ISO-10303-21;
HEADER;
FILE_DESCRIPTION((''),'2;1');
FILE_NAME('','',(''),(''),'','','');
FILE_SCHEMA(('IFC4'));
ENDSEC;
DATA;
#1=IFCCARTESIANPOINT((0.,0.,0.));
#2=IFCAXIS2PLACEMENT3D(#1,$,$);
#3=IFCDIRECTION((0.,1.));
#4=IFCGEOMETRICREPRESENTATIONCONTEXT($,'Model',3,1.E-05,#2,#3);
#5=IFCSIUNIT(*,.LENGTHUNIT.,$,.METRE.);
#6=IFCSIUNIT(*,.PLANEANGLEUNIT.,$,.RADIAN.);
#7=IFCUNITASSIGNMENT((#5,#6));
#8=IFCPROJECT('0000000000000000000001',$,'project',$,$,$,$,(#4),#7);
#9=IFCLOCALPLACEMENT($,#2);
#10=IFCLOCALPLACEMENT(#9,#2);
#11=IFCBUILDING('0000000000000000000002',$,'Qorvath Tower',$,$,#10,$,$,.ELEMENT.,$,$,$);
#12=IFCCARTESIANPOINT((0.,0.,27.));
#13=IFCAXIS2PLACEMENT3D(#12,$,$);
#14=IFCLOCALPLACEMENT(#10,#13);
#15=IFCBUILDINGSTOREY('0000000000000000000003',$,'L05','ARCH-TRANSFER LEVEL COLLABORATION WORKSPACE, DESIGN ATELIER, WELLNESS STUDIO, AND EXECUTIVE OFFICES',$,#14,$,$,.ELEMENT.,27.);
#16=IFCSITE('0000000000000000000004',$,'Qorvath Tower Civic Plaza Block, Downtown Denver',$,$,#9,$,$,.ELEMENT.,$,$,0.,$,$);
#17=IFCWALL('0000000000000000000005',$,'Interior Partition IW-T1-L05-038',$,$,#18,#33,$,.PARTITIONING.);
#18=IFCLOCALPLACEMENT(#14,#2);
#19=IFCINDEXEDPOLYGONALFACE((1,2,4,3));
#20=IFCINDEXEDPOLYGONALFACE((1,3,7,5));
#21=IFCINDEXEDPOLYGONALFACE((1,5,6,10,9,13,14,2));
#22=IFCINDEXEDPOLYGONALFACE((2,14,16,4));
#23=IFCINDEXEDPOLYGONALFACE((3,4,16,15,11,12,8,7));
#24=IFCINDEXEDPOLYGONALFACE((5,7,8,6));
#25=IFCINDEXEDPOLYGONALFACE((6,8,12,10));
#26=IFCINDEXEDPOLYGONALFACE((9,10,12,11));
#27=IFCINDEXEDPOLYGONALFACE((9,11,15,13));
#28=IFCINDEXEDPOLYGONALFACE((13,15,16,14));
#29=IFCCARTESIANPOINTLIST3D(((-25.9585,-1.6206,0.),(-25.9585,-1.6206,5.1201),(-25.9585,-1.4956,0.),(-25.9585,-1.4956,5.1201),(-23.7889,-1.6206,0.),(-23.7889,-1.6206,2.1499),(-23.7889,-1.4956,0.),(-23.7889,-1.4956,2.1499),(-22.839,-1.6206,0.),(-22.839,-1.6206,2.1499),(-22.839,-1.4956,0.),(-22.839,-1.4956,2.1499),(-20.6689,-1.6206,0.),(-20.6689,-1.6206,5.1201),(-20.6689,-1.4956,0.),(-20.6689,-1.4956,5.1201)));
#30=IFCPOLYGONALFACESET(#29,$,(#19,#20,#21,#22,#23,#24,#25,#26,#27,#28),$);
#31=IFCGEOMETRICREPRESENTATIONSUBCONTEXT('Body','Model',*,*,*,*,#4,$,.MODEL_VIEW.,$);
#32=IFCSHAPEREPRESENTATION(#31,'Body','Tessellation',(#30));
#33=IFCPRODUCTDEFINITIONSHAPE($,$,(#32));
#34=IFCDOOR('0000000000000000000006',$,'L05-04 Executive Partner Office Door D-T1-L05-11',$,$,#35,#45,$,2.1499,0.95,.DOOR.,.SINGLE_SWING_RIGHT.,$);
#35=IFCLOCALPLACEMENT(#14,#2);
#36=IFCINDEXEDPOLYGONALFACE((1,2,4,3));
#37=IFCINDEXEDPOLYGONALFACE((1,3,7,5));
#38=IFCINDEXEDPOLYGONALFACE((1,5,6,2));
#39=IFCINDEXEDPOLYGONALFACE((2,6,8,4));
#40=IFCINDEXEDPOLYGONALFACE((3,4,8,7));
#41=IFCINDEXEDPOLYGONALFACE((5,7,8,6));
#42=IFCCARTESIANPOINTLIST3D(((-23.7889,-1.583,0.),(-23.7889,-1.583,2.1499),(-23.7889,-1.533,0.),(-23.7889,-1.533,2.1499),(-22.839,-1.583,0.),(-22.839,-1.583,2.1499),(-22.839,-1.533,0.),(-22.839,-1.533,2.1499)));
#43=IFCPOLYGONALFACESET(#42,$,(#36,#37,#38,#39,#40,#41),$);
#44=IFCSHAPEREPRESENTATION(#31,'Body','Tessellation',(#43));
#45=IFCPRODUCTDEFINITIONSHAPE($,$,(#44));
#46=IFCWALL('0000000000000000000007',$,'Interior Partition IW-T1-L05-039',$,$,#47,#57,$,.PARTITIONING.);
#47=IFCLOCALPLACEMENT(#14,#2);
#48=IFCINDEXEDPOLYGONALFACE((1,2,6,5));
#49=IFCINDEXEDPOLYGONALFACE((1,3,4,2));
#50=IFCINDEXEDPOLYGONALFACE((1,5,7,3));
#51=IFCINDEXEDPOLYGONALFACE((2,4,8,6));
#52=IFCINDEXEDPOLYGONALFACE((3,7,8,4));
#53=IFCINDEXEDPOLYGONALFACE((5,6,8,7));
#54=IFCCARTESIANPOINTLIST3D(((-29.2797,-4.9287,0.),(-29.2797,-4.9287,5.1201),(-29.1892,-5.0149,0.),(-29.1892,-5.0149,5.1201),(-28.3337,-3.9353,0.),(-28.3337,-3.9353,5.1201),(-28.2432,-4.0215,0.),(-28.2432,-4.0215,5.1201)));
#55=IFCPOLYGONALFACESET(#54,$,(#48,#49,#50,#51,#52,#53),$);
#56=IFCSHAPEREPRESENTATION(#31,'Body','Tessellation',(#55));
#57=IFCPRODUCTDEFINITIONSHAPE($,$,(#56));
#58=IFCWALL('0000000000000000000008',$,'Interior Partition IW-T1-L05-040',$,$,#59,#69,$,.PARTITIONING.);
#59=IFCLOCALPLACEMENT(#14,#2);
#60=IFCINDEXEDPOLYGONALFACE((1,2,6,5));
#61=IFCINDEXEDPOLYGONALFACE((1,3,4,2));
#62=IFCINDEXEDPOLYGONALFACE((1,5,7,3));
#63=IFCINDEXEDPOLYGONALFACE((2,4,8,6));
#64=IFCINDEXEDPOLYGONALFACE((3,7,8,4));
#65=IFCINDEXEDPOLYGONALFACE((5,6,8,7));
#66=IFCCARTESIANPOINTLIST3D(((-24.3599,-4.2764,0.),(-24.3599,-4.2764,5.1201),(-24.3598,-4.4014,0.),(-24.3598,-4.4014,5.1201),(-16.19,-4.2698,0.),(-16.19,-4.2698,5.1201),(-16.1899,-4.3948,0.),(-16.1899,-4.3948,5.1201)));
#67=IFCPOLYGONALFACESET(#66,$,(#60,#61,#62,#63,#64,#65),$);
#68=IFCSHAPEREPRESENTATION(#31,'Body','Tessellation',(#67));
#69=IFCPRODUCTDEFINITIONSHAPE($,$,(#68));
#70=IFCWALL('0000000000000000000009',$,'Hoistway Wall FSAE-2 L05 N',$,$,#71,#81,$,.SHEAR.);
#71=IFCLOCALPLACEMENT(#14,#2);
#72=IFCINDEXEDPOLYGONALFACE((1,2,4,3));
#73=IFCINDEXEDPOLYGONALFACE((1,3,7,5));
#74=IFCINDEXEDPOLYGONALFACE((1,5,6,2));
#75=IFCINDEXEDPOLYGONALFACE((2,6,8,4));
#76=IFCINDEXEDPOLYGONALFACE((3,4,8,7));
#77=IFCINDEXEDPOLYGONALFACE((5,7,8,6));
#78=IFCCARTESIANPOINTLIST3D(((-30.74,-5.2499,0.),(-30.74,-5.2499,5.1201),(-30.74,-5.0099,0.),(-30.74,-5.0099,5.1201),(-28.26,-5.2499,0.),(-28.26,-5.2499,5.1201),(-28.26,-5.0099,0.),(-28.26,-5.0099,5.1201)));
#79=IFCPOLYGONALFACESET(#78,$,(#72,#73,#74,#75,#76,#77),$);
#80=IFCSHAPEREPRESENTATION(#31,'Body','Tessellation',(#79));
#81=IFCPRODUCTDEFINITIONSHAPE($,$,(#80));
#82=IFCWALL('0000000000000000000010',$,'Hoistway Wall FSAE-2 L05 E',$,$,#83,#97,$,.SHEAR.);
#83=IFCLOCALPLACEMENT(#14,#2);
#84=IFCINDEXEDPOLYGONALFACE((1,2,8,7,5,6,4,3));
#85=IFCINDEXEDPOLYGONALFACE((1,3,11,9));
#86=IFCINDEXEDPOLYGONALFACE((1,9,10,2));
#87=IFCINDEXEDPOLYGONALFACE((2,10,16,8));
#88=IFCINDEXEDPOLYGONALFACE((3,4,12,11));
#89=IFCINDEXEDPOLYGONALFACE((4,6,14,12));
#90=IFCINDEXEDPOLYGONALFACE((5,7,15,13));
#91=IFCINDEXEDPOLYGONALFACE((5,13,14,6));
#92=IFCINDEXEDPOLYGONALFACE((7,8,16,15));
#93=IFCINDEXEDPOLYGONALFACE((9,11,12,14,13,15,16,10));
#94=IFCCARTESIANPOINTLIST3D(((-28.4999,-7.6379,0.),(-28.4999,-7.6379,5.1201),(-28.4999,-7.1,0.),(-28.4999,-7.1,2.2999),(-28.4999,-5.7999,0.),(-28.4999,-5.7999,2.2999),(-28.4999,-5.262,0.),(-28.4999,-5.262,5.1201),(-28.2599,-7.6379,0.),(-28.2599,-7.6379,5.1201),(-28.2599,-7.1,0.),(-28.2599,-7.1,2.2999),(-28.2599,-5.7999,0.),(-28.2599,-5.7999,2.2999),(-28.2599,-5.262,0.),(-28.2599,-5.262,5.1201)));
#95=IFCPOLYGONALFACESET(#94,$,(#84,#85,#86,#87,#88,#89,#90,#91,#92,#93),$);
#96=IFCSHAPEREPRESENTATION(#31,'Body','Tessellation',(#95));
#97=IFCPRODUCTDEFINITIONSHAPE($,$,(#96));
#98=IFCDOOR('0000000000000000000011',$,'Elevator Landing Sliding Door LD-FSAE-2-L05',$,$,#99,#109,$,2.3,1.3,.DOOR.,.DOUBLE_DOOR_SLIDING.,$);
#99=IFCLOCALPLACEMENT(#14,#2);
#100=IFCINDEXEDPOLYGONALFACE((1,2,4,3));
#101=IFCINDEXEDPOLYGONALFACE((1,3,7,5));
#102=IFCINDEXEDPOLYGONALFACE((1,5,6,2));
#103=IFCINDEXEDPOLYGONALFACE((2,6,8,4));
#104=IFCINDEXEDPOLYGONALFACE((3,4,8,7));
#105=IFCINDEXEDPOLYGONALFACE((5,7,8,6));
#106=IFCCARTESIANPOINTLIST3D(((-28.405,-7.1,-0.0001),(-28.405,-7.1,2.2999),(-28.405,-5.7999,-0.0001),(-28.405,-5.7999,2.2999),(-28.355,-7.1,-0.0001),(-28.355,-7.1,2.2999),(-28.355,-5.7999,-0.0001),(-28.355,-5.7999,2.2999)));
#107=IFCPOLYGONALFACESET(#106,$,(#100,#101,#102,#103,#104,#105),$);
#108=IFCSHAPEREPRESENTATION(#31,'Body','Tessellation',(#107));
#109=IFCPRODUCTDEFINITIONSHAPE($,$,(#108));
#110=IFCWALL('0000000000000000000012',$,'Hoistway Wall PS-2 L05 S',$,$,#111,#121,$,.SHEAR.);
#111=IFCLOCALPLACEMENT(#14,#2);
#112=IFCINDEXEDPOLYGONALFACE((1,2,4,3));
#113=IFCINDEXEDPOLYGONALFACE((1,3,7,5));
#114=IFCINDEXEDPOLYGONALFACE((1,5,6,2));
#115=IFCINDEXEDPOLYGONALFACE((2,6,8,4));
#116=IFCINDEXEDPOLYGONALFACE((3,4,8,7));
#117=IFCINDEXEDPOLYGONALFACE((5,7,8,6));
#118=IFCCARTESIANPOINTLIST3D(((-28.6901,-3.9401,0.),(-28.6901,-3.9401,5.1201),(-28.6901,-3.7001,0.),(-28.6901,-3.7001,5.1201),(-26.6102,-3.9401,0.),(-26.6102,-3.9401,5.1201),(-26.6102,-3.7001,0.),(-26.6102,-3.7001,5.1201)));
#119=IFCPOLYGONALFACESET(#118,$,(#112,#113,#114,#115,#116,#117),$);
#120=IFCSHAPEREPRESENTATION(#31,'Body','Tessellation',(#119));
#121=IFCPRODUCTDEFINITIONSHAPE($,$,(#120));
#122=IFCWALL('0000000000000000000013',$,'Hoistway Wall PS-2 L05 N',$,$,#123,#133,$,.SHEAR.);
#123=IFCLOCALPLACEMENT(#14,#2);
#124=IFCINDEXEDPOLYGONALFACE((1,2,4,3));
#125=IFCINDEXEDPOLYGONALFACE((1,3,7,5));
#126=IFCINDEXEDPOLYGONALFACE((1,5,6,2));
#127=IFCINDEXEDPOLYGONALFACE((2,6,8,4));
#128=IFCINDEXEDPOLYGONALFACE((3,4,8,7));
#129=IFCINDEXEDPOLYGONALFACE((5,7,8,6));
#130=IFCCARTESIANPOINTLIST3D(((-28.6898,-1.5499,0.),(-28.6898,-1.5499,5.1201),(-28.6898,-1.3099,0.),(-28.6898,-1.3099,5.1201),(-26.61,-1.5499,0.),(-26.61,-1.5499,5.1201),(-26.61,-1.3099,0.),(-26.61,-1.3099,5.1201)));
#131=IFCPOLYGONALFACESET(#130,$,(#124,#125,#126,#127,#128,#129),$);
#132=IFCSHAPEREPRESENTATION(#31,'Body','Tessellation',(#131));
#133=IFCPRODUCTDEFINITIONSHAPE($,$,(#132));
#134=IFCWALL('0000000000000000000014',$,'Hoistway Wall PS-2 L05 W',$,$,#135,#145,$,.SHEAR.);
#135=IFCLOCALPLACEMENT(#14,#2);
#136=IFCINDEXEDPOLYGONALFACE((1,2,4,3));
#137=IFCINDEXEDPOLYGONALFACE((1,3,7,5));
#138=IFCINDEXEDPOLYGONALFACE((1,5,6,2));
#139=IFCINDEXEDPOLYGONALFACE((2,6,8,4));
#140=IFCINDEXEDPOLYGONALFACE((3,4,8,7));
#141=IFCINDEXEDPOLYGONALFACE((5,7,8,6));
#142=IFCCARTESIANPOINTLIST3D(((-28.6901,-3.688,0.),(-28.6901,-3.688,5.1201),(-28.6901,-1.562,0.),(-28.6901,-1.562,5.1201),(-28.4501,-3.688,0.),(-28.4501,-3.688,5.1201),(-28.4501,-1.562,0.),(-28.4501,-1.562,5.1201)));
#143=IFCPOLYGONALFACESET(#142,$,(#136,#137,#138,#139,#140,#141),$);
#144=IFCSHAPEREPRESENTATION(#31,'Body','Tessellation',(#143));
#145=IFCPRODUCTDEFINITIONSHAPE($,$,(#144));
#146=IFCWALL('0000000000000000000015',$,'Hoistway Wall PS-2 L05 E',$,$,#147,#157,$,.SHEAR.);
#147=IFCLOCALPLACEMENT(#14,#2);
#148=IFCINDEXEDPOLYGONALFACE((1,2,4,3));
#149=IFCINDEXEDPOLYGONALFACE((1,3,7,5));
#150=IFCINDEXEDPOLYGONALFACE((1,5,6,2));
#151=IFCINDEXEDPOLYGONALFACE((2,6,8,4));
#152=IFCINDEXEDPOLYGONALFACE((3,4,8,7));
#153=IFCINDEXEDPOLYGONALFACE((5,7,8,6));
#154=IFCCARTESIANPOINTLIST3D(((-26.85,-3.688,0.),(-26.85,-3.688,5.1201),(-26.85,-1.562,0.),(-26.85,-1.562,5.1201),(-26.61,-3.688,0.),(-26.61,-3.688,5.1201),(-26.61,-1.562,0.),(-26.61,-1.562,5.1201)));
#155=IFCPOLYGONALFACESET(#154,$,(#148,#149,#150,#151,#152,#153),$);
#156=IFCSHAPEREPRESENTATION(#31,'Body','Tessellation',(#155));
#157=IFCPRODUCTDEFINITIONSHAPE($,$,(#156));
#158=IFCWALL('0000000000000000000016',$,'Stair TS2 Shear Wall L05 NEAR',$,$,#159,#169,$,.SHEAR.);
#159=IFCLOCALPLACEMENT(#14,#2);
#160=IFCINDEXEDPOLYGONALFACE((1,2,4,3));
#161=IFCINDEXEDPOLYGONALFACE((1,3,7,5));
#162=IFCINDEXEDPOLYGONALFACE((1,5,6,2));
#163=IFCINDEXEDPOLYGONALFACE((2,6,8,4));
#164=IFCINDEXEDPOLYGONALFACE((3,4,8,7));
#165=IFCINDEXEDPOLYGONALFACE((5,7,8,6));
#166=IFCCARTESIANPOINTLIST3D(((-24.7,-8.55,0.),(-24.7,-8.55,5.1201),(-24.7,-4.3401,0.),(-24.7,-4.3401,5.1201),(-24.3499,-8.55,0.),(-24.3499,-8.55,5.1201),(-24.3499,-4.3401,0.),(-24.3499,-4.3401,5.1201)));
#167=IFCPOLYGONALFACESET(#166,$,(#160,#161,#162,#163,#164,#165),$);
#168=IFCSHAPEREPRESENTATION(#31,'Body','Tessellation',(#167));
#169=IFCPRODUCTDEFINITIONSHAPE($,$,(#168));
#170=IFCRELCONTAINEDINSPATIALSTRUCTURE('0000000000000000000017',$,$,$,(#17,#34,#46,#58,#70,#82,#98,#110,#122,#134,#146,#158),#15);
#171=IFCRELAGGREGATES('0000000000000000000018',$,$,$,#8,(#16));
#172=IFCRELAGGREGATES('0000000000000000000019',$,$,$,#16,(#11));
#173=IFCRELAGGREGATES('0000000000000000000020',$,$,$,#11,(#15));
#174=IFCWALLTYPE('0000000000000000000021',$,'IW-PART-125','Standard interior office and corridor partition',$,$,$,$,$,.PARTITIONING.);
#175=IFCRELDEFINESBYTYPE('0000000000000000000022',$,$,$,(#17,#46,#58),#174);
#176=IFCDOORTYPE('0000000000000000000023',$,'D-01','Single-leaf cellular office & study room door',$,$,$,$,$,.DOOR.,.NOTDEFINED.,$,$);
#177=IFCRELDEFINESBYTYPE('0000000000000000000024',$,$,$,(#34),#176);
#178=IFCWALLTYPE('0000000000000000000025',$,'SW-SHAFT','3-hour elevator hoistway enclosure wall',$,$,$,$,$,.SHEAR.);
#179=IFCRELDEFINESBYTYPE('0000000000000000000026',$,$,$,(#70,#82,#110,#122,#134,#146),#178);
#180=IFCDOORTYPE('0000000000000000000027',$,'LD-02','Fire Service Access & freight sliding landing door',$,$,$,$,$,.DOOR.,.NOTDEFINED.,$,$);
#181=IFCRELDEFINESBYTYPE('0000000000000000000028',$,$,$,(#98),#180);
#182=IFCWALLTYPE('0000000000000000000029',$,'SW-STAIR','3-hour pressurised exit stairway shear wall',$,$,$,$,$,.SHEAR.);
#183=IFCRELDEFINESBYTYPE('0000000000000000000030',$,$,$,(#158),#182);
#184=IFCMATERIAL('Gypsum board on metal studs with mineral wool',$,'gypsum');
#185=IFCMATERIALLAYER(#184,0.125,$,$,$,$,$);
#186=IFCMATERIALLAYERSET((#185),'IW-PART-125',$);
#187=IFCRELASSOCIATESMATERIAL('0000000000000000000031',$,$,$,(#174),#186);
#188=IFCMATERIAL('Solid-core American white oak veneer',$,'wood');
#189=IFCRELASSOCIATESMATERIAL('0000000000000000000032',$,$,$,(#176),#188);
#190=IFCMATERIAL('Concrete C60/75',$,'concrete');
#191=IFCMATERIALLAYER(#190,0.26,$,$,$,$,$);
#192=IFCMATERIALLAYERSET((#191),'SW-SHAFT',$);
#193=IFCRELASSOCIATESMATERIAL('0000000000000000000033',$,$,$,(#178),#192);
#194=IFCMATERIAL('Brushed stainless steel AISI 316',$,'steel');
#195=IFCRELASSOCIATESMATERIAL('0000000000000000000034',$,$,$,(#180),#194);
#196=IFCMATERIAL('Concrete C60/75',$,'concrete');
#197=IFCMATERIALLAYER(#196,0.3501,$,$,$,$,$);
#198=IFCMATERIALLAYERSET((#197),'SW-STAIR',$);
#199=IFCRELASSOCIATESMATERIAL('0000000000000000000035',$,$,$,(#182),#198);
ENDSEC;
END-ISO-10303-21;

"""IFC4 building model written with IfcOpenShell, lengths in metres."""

from ifc_helpers import new_model, si_unit, direction, frame, frame_2d, origin, place, context, subcontext, project, spatial, rectangle, extrude, material, layer, layer_set, type_object, element, fill, save


model = new_model("IFC4")

# Units and contexts
model_context = context("Model", 3, precision=1e-05, world=origin(), true_north=direction((0.0, 1.0)))
body_context = subcontext(model_context, "Body", "Model", "MODEL_VIEW")
ifc_project = project(units=[si_unit("LENGTHUNIT", "METRE"), si_unit("PLANEANGLEUNIT", "RADIAN")], contexts=[model_context])

# Site, building, storey
site_placement = place(None, origin())
site = spatial("IfcSite", under=ifc_project, at=site_placement, Name="Qorvath Tower Civic Plaza Block, Downtown Denver", CompositionType="ELEMENT", RefElevation=0.0)
building_placement = place(site_placement, origin())
building = spatial("IfcBuilding", under=site, at=building_placement, Name="Qorvath Tower", CompositionType="ELEMENT")
storey_placement = place(building_placement, frame((0.0, 0.0, 27.0)))
storey = spatial("IfcBuildingStorey", under=building, at=storey_placement, Name="L05", Description="ARCH-TRANSFER LEVEL COLLABORATION WORKSPACE, DESIGN ATELIER, WELLNESS STUDIO, AND EXECUTIVE OFFICES", CompositionType="ELEMENT", Elevation=27.0)

# Wall, opening, door
ifc_material_1 = material(Name="Gypsum board on metal studs with mineral wool", Category="gypsum")
ifc_layer_1 = layer(ifc_material_1, 0.125)
ifc_layer_set_1 = layer_set([ifc_layer_1], Name="IW-PART-125")
wall_type_1 = type_object("IfcWallType", Name="IW-PART-125", Description="Standard interior office and corridor partition", PredefinedType="PARTITIONING", material=ifc_layer_set_1)
wall_1_placement = place(storey_placement, frame((-20.6689, -1.5581, 0.0), z_axis=(0.0, 0.0, 1.0), x_axis=(-1.0, 0.0, 0.0)))
wall_1 = element("IfcWall", 1, at=wall_1_placement, inside=storey, type_object=wall_type_1, Name="Interior Partition IW-T1-L05-038", PredefinedType="PARTITIONING", context=body_context, shape_type="SweptSolid", body=[
    extrude(rectangle(XDim=5.2896, YDim=0.125, at=frame_2d((2.6448, 0.0))), origin(), (0.0, 0.0, 1.0), 5.1201),
])
opening_1_placement = place(wall_1_placement, frame((2.1699, 0.0, 0.0)))
opening_1 = element("IfcOpeningElement", 2, at=opening_1_placement, cuts=wall_1, PredefinedType="OPENING", context=body_context, shape_type="SweptSolid", body=[
    extrude(rectangle(XDim=0.95, YDim=2.1499, at=frame_2d((0.4751, 1.075))), frame((0.0, 0.0725, 0.0), z_axis=(0.0, -1.0, 0.0), x_axis=(1.0, 0.0, 0.0)), (0.0, 0.0, 1.0), 0.145),
])
ifc_material_2 = material(Name="Solid-core American white oak veneer", Category="wood")
door_type_1 = type_object("IfcDoorType", Name="D-01", Description="Single-leaf cellular office & study room door", OperationType="NOTDEFINED", PredefinedType="DOOR", material=ifc_material_2)
door_1_placement = place(opening_1_placement, origin())
door_1 = element("IfcDoor", 3, at=door_1_placement, inside=storey, type_object=door_type_1, Name="L05-04 Executive Partner Office Door D-T1-L05-11", OperationType="SINGLE_SWING_RIGHT", OverallHeight=2.1499, OverallWidth=0.95, PredefinedType="DOOR", context=body_context, shape_type="SweptSolid", body=[
    extrude(rectangle(XDim=0.95, YDim=2.1499, at=frame_2d((0.4751, 1.075))), frame((0.0, 0.0249, 0.0), z_axis=(0.0, -1.0, 0.0), x_axis=(1.0, 0.0, 0.0)), (0.0, 0.0, 1.0), 0.05),
])
fill(opening_1, door_1)

# Walls
wall_2_placement = place(storey_placement, frame((-28.2883, -3.9783, 0.0), z_axis=(0.0, 0.0, 1.0), x_axis=(-0.689633, -0.724159, 0.0)))
element("IfcWall", 4, at=wall_2_placement, inside=storey, type_object=wall_type_1, Name="Interior Partition IW-T1-L05-039", PredefinedType="PARTITIONING", context=body_context, shape_type="SweptSolid", body=[
    extrude(rectangle(XDim=1.3718, YDim=0.125, at=frame_2d((0.686, 0.0))), origin(), (0.0, 0.0, 1.0), 5.1201),
])
wall_3_placement = place(storey_placement, frame((-24.3599, -4.3389, 0.0), z_axis=(0.0, 0.0, 1.0), x_axis=(1.0, 0.000807, 0.0)))
element("IfcWall", 5, at=wall_3_placement, inside=storey, type_object=wall_type_1, Name="Interior Partition IW-T1-L05-040", PredefinedType="PARTITIONING", context=body_context, shape_type="SweptSolid", body=[
    extrude(rectangle(XDim=8.1699, YDim=0.125, at=frame_2d((4.085, 0.0))), origin(), (0.0, 0.0, 1.0), 5.1201),
])
ifc_material_3 = material(Name="Concrete C60/75", Category="concrete")
ifc_layer_2 = layer(ifc_material_3, 0.26)
ifc_layer_set_2 = layer_set([ifc_layer_2], Name="SW-SHAFT")
wall_type_2 = type_object("IfcWallType", Name="SW-SHAFT", Description="3-hour elevator hoistway enclosure wall", PredefinedType="SHEAR", material=ifc_layer_set_2)
wall_4_placement = place(storey_placement, frame((-30.74, -5.1299, 0.0), z_axis=(0.0, 0.0, 1.0), x_axis=(1.0, 0.0, 0.0)))
element("IfcWall", 6, at=wall_4_placement, inside=storey, type_object=wall_type_2, Name="Hoistway Wall FSAE-2 L05 N", PredefinedType="SHEAR", context=body_context, shape_type="SweptSolid", body=[
    extrude(rectangle(XDim=2.48, YDim=0.24, at=frame_2d((1.24, 0.0))), origin(), (0.0, 0.0, 1.0), 5.1201),
])

# Wall, opening, door
wall_5_placement = place(storey_placement, frame((-28.3799, -5.262, 0.0), z_axis=(0.0, 0.0, 1.0), x_axis=(0.0, -1.0, 0.0)))
wall_5 = element("IfcWall", 7, at=wall_5_placement, inside=storey, type_object=wall_type_2, Name="Hoistway Wall FSAE-2 L05 E", PredefinedType="SHEAR", context=body_context, shape_type="SweptSolid", body=[
    extrude(rectangle(XDim=2.376, YDim=0.24, at=frame_2d((1.188, 0.0))), origin(), (0.0, 0.0, 1.0), 5.1201),
])
opening_2_placement = place(wall_5_placement, frame((0.5381, 0.0, 0.0)))
opening_2 = element("IfcOpeningElement", 8, at=opening_2_placement, cuts=wall_5, PredefinedType="OPENING", context=body_context, shape_type="SweptSolid", body=[
    extrude(rectangle(XDim=1.3, YDim=2.3, at=frame_2d((0.6499, 1.1499))), frame((0.0, 0.1299, 0.0), z_axis=(0.0, -1.0, 0.0), x_axis=(1.0, 0.0, 0.0)), (0.0, 0.0, 1.0), 0.26),
])
ifc_material_4 = material(Name="Brushed stainless steel AISI 316", Category="steel")
door_type_2 = type_object("IfcDoorType", Name="LD-02", Description="Fire Service Access & freight sliding landing door", OperationType="NOTDEFINED", PredefinedType="DOOR", material=ifc_material_4)
door_2_placement = place(opening_2_placement, origin())
door_2 = element("IfcDoor", 9, at=door_2_placement, inside=storey, type_object=door_type_2, Name="Elevator Landing Sliding Door LD-FSAE-2-L05", OperationType="DOUBLE_DOOR_SLIDING", OverallHeight=2.3, OverallWidth=1.3, PredefinedType="DOOR", context=body_context, shape_type="SweptSolid", body=[
    extrude(rectangle(XDim=1.3, YDim=2.3, at=frame_2d((0.6499, 1.1499))), frame((0.0, 0.0249, 0.0), z_axis=(0.0, -1.0, 0.0), x_axis=(1.0, 0.0, 0.0)), (0.0, 0.0, 1.0), 0.05),
])
fill(opening_2, door_2)

# Walls
for number, where, z_axis, x_axis, name in (
    (10, (-26.6101, -3.8201, 0.0), (0.0, 0.0, 1.0), (-1.0, 0.0, 0.0), "Hoistway Wall PS-2 L05 S"),
    (11, (-28.6899, -1.4299, 0.0), (0.0, 0.0, 1.0), (1.0, 0.0, 0.0), "Hoistway Wall PS-2 L05 N"),
):
    element("IfcWall", number, at=place(storey_placement, frame(where, z_axis=z_axis, x_axis=x_axis)), inside=storey, type_object=wall_type_2, Name=name, PredefinedType="SHEAR", context=body_context, shape_type="SweptSolid", body=[
        extrude(rectangle(XDim=2.0798, YDim=0.24, at=frame_2d((1.04, 0.0))), origin(), (0.0, 0.0, 1.0), 5.1201),
    ])
for number, where, z_axis, x_axis, name in (
    (12, (-28.5701, -3.688, 0.0), (0.0, 0.0, 1.0), (0.0, 1.0, 0.0), "Hoistway Wall PS-2 L05 W"),
    (13, (-26.73, -1.562, 0.0), (0.0, 0.0, 1.0), (0.0, -1.0, 0.0), "Hoistway Wall PS-2 L05 E"),
):
    element("IfcWall", number, at=place(storey_placement, frame(where, z_axis=z_axis, x_axis=x_axis)), inside=storey, type_object=wall_type_2, Name=name, PredefinedType="SHEAR", context=body_context, shape_type="SweptSolid", body=[
        extrude(rectangle(XDim=2.126, YDim=0.24, at=frame_2d((1.063, 0.0))), origin(), (0.0, 0.0, 1.0), 5.1201),
    ])
ifc_material_5 = material(Name="Concrete C60/75", Category="concrete")
ifc_layer_3 = layer(ifc_material_5, 0.3501)
ifc_layer_set_3 = layer_set([ifc_layer_3], Name="SW-STAIR")
wall_type_3 = type_object("IfcWallType", Name="SW-STAIR", Description="3-hour pressurised exit stairway shear wall", PredefinedType="SHEAR", material=ifc_layer_set_3)
wall_6_placement = place(storey_placement, frame((-24.5249, -4.3401, 0.0), z_axis=(0.0, 0.0, 1.0), x_axis=(0.0, -1.0, 0.0)))
element("IfcWall", 14, at=wall_6_placement, inside=storey, type_object=wall_type_3, Name="Stair TS2 Shear Wall L05 NEAR", PredefinedType="SHEAR", context=body_context, shape_type="SweptSolid", body=[
    extrude(rectangle(XDim=4.21, YDim=0.3501, at=frame_2d((2.105, 0.0))), origin(), (0.0, 0.0, 1.0), 5.1201),
])

save(model, "model.ifc")
